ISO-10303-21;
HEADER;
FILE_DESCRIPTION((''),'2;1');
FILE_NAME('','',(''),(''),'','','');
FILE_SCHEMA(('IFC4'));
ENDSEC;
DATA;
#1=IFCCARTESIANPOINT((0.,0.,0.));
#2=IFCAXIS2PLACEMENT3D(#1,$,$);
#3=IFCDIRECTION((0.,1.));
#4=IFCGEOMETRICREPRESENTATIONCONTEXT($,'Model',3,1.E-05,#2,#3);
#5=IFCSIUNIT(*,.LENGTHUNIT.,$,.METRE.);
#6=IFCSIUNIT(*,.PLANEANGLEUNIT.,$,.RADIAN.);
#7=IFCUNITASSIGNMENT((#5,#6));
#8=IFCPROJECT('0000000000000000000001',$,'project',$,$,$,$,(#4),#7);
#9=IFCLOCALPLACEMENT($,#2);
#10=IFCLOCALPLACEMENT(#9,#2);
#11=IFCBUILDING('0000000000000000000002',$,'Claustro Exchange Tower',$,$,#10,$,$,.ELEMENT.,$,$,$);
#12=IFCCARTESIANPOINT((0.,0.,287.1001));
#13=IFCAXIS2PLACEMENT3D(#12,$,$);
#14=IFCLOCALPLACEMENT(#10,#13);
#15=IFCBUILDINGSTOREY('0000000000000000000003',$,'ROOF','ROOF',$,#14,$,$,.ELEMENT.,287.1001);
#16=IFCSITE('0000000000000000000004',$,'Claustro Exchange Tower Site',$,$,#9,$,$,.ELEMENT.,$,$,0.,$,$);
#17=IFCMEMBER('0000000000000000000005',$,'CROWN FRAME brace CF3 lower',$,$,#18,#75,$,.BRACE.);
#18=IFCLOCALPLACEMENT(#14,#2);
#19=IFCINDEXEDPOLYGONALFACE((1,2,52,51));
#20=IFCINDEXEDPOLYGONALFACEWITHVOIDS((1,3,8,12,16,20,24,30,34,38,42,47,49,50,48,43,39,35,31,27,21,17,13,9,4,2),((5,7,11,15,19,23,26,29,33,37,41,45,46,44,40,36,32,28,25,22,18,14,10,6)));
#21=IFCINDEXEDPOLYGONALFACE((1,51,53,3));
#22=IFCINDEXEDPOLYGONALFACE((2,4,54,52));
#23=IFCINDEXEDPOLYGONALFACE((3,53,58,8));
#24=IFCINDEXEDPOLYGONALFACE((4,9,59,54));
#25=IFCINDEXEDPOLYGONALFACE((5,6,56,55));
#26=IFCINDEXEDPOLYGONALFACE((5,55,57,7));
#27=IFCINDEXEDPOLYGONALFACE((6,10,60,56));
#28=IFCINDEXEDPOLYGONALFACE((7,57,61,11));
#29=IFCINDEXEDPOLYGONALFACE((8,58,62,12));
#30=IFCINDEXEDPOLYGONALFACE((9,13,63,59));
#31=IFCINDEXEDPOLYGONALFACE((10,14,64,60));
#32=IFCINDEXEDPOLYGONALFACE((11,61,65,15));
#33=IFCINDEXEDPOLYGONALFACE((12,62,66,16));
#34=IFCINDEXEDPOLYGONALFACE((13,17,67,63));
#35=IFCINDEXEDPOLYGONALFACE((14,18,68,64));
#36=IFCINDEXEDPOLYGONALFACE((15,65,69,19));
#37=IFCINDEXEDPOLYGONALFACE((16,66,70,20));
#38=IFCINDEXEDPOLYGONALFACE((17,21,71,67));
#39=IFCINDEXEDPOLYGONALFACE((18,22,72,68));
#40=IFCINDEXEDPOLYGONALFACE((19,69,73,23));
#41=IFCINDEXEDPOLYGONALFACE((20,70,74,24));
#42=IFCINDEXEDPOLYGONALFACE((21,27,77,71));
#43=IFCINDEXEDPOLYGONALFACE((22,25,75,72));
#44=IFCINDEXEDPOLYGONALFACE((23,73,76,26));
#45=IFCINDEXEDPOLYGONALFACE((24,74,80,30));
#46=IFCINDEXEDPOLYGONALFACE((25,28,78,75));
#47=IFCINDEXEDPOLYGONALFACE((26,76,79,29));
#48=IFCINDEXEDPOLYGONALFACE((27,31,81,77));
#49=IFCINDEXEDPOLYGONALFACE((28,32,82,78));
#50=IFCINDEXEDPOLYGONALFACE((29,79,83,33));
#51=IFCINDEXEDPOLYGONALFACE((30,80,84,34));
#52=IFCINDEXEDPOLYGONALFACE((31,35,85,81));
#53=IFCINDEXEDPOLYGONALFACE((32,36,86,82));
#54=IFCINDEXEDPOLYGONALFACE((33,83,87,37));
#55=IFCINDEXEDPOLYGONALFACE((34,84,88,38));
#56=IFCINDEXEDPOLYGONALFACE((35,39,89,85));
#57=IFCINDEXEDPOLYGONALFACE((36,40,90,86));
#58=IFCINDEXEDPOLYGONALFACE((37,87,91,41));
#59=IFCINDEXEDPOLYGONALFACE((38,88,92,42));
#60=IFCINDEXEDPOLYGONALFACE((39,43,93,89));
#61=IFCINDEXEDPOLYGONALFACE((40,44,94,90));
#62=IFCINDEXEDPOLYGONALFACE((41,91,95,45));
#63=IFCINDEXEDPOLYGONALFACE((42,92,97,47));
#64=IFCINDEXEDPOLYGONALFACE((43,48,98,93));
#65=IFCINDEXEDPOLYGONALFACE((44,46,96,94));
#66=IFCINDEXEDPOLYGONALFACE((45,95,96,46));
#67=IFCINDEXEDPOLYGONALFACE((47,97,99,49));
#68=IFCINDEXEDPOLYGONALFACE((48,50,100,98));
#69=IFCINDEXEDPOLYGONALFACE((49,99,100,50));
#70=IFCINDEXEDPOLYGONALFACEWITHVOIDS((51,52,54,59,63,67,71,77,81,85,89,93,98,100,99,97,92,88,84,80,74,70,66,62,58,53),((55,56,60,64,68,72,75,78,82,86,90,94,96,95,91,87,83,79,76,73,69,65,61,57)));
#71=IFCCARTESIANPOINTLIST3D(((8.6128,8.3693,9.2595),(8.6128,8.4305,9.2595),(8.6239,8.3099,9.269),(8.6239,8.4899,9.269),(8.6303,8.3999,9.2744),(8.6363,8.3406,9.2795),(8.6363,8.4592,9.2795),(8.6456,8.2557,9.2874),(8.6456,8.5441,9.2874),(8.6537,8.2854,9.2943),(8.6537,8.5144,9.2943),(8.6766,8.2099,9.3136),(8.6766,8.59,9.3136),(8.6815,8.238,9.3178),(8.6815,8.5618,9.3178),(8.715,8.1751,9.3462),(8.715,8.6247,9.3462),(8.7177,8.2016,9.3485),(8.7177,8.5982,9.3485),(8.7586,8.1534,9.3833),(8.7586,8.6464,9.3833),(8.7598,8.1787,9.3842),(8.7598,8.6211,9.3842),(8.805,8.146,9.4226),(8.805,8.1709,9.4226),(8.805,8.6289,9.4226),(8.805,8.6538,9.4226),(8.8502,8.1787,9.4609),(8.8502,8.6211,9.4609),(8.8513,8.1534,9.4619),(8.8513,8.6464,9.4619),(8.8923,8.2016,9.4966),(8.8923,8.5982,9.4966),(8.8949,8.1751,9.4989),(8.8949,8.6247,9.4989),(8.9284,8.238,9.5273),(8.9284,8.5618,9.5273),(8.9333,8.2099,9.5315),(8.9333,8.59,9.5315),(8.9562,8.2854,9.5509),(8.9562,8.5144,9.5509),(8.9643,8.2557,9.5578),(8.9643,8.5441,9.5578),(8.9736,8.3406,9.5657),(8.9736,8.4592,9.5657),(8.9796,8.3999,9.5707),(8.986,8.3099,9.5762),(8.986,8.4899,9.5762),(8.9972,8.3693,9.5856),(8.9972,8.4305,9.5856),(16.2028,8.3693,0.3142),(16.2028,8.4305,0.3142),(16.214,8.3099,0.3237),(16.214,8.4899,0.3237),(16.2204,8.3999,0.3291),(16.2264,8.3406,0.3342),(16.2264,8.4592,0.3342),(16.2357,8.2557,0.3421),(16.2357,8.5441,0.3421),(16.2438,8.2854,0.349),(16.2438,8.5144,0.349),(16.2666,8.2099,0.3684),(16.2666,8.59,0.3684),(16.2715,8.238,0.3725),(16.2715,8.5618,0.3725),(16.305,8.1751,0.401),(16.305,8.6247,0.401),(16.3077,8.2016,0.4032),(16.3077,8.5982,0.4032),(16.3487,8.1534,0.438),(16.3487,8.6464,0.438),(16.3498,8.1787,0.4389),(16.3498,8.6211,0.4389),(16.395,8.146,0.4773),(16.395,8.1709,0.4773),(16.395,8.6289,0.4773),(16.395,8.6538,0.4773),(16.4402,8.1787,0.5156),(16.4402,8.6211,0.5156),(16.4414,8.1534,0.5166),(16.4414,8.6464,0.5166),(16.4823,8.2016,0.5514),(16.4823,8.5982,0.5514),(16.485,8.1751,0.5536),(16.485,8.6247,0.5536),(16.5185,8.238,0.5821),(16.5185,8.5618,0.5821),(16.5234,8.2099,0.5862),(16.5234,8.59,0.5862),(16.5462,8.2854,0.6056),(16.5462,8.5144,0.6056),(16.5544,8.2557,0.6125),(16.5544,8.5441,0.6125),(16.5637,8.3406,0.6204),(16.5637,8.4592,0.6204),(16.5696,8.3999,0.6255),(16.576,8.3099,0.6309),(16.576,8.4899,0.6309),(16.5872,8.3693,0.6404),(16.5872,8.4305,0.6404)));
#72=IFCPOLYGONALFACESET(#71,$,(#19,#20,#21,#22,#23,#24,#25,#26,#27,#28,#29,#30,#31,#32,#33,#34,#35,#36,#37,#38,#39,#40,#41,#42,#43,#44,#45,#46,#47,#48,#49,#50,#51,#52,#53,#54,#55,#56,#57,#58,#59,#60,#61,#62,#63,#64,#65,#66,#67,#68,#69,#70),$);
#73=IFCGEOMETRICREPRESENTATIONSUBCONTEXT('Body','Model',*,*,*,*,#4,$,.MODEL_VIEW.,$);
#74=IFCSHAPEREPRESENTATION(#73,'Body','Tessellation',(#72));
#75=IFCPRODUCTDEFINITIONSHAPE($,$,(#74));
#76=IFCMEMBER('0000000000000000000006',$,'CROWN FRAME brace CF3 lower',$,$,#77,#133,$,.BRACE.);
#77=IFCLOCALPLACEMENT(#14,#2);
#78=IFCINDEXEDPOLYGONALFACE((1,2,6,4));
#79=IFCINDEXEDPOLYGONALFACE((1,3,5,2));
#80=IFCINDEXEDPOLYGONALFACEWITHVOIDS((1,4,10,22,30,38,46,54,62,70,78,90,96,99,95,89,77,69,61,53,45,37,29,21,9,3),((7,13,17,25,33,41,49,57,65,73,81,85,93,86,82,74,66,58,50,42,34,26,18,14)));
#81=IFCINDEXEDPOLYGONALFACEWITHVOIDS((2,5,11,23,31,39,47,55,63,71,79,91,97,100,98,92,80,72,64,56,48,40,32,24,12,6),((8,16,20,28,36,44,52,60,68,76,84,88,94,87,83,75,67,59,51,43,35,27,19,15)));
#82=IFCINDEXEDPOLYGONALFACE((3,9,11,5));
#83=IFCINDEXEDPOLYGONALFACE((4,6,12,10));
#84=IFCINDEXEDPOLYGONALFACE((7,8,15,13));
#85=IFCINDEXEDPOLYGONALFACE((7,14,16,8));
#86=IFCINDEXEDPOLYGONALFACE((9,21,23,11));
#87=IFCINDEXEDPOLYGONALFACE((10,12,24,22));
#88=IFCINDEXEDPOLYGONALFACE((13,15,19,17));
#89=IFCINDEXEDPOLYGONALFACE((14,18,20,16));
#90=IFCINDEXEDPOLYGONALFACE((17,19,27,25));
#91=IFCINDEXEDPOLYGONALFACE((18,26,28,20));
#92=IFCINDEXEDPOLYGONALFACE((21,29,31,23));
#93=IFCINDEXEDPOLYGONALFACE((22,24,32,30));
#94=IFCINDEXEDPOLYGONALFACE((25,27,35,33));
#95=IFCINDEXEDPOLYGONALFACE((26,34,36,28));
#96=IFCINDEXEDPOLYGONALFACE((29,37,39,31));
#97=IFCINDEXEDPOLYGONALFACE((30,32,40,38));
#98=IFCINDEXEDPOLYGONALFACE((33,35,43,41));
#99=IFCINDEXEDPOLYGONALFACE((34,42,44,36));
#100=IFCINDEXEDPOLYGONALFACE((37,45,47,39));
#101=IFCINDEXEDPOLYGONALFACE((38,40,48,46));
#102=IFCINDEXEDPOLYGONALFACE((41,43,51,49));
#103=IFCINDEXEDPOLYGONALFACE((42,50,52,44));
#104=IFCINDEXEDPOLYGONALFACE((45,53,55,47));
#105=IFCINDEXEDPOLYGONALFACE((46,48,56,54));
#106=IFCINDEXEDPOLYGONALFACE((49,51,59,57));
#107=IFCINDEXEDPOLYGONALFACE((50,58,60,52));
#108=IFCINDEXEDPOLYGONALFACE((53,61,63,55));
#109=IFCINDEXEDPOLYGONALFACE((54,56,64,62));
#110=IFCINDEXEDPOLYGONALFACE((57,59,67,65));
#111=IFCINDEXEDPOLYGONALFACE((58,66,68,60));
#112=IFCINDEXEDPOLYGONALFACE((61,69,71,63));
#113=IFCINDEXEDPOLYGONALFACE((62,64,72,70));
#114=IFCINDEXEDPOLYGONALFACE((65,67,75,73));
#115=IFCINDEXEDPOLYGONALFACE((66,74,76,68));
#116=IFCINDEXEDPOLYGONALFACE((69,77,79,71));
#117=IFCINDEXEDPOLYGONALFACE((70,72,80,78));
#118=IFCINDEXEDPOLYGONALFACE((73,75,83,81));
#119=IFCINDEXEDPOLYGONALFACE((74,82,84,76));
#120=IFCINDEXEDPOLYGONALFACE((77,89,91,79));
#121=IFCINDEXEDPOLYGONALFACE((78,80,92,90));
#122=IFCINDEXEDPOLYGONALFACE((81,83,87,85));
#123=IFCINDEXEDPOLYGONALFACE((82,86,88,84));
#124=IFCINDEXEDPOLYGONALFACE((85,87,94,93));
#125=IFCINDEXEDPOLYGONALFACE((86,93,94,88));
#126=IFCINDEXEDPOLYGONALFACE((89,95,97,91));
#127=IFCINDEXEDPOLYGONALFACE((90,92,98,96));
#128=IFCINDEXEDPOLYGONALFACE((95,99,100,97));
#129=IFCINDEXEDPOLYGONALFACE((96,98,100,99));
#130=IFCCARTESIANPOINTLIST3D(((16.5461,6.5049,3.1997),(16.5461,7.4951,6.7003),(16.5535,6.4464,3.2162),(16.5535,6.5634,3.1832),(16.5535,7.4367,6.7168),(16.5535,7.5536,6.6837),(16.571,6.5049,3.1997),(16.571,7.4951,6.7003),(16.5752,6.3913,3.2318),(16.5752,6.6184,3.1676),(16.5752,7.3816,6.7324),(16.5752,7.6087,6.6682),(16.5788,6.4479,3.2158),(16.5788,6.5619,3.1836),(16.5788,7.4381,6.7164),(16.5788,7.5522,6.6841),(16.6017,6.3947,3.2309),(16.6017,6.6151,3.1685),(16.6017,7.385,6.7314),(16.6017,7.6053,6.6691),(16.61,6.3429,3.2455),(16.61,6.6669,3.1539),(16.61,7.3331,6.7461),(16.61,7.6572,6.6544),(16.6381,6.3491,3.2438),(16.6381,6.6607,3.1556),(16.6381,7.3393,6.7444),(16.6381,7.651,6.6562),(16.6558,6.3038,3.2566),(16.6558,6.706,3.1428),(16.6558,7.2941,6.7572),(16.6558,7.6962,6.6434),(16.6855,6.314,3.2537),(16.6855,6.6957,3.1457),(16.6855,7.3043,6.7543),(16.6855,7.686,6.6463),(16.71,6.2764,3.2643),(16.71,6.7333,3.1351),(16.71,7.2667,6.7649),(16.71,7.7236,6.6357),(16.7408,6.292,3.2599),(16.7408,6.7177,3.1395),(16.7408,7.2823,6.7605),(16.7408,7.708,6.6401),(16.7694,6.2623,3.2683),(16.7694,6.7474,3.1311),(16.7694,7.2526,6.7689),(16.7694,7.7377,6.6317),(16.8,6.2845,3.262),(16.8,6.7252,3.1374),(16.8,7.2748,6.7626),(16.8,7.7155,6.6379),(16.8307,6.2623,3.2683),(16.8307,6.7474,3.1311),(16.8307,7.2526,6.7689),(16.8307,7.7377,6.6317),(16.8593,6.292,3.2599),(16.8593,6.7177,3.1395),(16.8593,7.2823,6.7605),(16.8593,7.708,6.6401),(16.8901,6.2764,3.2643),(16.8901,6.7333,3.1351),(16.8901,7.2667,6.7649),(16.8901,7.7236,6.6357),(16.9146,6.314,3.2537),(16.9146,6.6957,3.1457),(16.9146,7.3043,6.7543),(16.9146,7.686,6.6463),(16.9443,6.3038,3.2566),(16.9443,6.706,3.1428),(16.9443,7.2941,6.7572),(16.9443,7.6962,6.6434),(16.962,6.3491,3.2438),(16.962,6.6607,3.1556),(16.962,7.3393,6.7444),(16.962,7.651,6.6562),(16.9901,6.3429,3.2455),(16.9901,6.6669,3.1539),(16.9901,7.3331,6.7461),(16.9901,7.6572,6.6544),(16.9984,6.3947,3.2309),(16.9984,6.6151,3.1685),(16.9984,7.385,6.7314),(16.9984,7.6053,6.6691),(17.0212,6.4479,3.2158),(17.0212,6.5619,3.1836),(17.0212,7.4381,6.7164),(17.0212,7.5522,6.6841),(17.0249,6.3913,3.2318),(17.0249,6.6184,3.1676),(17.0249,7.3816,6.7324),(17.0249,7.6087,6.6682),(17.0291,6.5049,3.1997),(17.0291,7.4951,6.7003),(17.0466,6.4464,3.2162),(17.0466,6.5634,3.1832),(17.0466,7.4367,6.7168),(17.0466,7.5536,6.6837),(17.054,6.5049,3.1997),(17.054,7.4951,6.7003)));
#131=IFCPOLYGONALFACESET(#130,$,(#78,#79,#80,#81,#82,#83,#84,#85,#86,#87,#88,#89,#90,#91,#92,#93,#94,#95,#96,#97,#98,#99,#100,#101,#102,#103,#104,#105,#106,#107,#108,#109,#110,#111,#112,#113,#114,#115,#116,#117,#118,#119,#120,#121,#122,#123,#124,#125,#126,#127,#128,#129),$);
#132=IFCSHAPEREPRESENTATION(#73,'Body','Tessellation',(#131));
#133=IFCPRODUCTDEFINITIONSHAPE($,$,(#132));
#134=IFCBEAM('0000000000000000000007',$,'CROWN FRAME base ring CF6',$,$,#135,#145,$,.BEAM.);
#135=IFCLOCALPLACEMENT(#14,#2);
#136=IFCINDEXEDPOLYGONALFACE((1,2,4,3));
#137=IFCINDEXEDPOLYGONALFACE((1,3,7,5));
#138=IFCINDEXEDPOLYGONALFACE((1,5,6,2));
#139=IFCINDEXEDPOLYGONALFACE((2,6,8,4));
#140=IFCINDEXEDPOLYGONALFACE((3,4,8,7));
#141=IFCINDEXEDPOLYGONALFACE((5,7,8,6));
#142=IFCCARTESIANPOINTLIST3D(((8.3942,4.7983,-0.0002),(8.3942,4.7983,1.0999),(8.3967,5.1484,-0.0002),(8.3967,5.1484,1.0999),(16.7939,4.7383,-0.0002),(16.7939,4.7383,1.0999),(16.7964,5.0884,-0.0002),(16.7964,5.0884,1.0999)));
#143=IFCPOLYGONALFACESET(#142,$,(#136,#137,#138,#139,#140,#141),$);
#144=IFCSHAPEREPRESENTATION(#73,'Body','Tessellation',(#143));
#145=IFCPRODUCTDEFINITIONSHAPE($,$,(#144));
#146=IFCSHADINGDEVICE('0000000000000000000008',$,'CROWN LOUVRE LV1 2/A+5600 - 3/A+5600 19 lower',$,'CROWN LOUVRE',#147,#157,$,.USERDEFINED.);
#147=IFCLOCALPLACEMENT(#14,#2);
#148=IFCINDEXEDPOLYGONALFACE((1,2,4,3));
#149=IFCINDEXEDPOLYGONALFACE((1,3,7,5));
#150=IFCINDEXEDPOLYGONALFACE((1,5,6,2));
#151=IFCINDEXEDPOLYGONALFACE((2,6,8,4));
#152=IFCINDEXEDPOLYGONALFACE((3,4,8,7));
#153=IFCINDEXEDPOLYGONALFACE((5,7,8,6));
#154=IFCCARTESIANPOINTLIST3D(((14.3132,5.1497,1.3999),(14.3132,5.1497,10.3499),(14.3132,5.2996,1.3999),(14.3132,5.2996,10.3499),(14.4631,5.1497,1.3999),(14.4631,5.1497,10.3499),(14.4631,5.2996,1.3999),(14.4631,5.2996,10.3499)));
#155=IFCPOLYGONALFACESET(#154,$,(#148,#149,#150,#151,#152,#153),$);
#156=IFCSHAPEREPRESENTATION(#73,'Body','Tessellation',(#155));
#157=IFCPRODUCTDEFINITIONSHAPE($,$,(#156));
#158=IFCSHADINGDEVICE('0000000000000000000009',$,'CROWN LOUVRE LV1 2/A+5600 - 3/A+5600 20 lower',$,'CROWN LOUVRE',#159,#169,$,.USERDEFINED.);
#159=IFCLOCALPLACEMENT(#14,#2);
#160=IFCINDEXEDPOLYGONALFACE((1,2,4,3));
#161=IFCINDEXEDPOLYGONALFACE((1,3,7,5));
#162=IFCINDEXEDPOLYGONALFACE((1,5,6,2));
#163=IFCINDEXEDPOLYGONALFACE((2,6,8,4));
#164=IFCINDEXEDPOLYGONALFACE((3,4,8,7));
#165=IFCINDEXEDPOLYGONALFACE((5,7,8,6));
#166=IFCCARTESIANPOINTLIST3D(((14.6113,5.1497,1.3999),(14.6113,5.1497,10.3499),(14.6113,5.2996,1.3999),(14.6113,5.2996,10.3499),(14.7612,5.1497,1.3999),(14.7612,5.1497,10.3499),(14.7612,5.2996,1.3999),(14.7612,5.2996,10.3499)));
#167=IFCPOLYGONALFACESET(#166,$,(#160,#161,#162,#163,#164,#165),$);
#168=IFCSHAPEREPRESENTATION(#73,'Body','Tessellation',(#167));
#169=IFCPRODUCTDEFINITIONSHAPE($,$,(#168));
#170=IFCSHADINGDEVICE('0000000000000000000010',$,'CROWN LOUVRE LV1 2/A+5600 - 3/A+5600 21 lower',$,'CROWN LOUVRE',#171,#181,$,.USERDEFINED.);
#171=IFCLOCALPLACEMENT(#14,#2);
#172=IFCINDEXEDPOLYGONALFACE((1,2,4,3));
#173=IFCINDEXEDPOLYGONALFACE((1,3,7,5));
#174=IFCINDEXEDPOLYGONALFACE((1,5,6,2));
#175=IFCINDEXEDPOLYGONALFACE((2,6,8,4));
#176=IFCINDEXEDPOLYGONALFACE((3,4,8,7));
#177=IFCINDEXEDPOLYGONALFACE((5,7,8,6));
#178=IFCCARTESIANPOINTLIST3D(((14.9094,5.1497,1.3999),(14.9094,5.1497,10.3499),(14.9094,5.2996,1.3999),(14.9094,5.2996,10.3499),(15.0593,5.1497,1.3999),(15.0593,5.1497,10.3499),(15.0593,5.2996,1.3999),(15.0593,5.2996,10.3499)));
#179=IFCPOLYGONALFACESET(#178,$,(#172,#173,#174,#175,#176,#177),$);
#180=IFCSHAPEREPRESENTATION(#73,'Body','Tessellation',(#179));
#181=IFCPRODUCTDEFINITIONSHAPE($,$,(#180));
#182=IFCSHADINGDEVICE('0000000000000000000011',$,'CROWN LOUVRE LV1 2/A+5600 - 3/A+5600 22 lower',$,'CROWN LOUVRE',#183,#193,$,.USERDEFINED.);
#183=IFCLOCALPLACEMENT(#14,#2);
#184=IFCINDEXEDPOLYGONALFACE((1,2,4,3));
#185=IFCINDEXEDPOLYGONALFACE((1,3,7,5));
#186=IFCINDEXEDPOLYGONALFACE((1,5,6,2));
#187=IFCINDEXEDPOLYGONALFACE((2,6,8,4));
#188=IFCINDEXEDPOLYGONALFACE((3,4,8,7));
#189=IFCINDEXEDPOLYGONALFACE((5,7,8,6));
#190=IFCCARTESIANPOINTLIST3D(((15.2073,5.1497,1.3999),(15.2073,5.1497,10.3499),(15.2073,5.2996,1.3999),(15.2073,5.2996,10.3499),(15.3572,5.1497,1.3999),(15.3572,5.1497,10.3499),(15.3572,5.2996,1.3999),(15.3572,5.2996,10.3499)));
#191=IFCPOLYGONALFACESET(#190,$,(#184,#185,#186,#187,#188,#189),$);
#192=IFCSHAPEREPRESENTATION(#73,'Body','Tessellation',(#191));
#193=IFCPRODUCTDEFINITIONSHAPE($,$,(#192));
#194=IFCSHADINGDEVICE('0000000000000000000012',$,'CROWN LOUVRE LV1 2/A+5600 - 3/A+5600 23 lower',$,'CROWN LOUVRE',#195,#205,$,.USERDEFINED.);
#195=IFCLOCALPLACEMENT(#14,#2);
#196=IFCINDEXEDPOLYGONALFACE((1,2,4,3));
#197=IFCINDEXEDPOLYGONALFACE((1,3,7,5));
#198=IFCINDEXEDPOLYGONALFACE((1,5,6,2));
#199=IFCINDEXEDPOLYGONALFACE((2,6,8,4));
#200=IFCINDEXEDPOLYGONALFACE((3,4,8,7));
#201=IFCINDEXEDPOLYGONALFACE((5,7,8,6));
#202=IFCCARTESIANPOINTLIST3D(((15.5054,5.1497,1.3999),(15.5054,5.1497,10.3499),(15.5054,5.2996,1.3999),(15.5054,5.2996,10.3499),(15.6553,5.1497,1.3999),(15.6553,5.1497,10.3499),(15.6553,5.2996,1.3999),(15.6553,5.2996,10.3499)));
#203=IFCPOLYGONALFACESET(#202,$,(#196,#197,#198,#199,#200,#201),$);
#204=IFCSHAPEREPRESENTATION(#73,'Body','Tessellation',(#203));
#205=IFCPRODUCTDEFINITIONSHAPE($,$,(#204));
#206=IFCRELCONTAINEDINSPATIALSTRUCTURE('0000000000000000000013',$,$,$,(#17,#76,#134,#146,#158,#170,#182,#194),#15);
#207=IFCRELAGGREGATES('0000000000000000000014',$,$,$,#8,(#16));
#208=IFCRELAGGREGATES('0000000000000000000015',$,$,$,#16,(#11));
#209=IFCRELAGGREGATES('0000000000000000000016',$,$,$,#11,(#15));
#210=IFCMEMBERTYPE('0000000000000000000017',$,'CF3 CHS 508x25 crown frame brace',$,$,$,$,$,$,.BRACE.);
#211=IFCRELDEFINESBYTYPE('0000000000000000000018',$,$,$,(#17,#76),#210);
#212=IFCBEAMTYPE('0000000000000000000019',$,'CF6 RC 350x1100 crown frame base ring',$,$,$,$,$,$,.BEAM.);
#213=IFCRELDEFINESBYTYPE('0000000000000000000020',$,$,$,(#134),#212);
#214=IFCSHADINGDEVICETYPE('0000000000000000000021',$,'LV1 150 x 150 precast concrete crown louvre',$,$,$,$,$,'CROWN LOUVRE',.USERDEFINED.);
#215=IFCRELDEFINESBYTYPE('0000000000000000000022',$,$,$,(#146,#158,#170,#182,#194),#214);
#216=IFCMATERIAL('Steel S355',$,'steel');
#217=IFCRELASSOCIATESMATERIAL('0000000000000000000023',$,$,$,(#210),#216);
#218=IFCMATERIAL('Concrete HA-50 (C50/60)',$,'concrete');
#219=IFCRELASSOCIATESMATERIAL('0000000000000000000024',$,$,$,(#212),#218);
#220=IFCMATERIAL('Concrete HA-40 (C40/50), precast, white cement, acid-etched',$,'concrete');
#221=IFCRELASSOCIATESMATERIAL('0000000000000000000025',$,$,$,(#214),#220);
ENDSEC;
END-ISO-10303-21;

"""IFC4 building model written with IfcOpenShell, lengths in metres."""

from ifc_helpers import new_model, si_unit, direction, frame, origin, origin_2d, place, context, subcontext, project, spatial, rectangle, hollow_circle, extrude, material, material_profile, profile_set, type_object, element, save


model = new_model("IFC4")

# Units and contexts
model_context = context("Model", 3, precision=1e-05, world=origin(), true_north=direction((0.0, 1.0)))
body_context = subcontext(model_context, "Body", "Model", "MODEL_VIEW")
ifc_project = project(units=[si_unit("LENGTHUNIT", "METRE"), si_unit("PLANEANGLEUNIT", "RADIAN")], contexts=[model_context])

# Site, building, storey
site_placement = place(None, origin())
site = spatial("IfcSite", under=ifc_project, at=site_placement, Name="Claustro Exchange Tower Site", CompositionType="ELEMENT", RefElevation=0.0)
building_placement = place(site_placement, origin())
building = spatial("IfcBuilding", under=site, at=building_placement, Name="Claustro Exchange Tower", CompositionType="ELEMENT")
storey_placement = place(building_placement, frame((0.0, 0.0, 287.1001)))
storey = spatial("IfcBuildingStorey", under=building, at=storey_placement, Name="ROOF", Description="ROOF", CompositionType="ELEMENT", Elevation=287.1001)

# Members
ifc_material_1 = material(Name="Steel S355", Category="steel")
ifc_material_profile_1 = material_profile(ifc_material_1, hollow_circle(Radius=0.2539, WallThickness=0.0249, at=origin_2d()), Name="CHS 508x25")
ifc_profile_set_1 = profile_set([ifc_material_profile_1], Name="Steel S355")
member_type = type_object("IfcMemberType", Name="CF3 CHS 508x25 crown frame brace", PredefinedType="BRACE", material=ifc_profile_set_1)
for number, where, z_axis, x_axis, name in (
    (1, (16.395, 8.3999, 0.4773), (-0.646984, 0.0, 0.762504), (0.0, -1.0, 0.0), "CROWN FRAME brace CF3 lower"),
):
    element("IfcMember", number, at=place(storey_placement, frame(where, z_axis=z_axis, x_axis=x_axis)), inside=storey, type_object=member_type, Name=name, PredefinedType="BRACE", context=body_context, shape_type="SweptSolid", body=[
        extrude(hollow_circle(Radius=0.2539, WallThickness=0.0249, at=origin_2d()), origin(), (0.0, 0.0, 1.0), 11.7314),
    ])
member_placement = place(storey_placement, frame((16.8, 6.5049, 3.1997), z_axis=(0.0, 0.272203, 0.96224), x_axis=(-1.0, 0.0, 0.0)))
element("IfcMember", 2, at=member_placement, inside=storey, type_object=member_type, Name="CROWN FRAME brace CF3 lower", PredefinedType="BRACE", context=body_context, shape_type="SweptSolid", body=[
    extrude(hollow_circle(Radius=0.2539, WallThickness=0.0249, at=origin_2d()), origin(), (0.0, 0.0, 1.0), 3.6379),
])

# Beam
ifc_material_2 = material(Name="Concrete HA-50 (C50/60)", Category="concrete")
ifc_material_profile_2 = material_profile(ifc_material_2, rectangle(XDim=0.3501, YDim=1.1001, at=origin_2d()), Name="RC 350x1100")
ifc_profile_set_2 = profile_set([ifc_material_profile_2], Name="Concrete HA-50 (C50/60)")
beam_type = type_object("IfcBeamType", Name="CF6 RC 350x1100 crown frame base ring", PredefinedType="BEAM", material=ifc_profile_set_2)
beam_placement = place(storey_placement, frame((16.7952, 4.9133, 0.5498), z_axis=(-0.999974, 0.00715, 0.0), x_axis=(-0.00715, -0.999974, 0.0)))
element("IfcBeam", 3, at=beam_placement, inside=storey, type_object=beam_type, Name="CROWN FRAME base ring CF6", PredefinedType="BEAM", context=body_context, shape_type="SweptSolid", body=[
    extrude(rectangle(XDim=0.3501, YDim=1.1001, at=origin_2d()), origin(), (0.0, 0.0, 1.0), 8.3999),
])

# Shading devices
ifc_material_3 = material(Name="Concrete HA-40 (C40/50), precast, white cement, acid-etched", Category="concrete")
shading_device_type = type_object("IfcShadingDeviceType", Name="LV1 150 x 150 precast concrete crown louvre", ElementType="CROWN LOUVRE", PredefinedType="USERDEFINED", material=ifc_material_3)
for number, where, z_axis, x_axis, name in (
    (4, (14.3882, 5.2246, 1.3999), (0.0, 0.0, 1.0), (1.0, 0.0, 0.0), "CROWN LOUVRE LV1 2/A+5600 - 3/A+5600 19 lower"),
    (5, (14.6863, 5.2246, 1.3999), (0.0, 0.0, 1.0), (1.0, 0.0, 0.0), "CROWN LOUVRE LV1 2/A+5600 - 3/A+5600 20 lower"),
    (6, (14.9844, 5.2246, 1.3999), (0.0, 0.0, 1.0), (1.0, 0.0, 0.0), "CROWN LOUVRE LV1 2/A+5600 - 3/A+5600 21 lower"),
    (7, (15.2822, 5.2246, 1.3999), (0.0, 0.0, 1.0), (1.0, 0.0, 0.0), "CROWN LOUVRE LV1 2/A+5600 - 3/A+5600 22 lower"),
    (8, (15.5803, 5.2246, 1.3999), (0.0, 0.0, 1.0), (1.0, 0.0, 0.0), "CROWN LOUVRE LV1 2/A+5600 - 3/A+5600 23 lower"),
):
    element("IfcShadingDevice", number, at=place(storey_placement, frame(where, z_axis=z_axis, x_axis=x_axis)), inside=storey, type_object=shading_device_type, Name=name, ObjectType="CROWN LOUVRE", PredefinedType="USERDEFINED", context=body_context, shape_type="SweptSolid", body=[
        extrude(rectangle(XDim=0.1499, YDim=0.1499, at=origin_2d()), origin(), (0.0, 0.0, 1.0), 8.95),
    ])

save(model, "model.ifc")
